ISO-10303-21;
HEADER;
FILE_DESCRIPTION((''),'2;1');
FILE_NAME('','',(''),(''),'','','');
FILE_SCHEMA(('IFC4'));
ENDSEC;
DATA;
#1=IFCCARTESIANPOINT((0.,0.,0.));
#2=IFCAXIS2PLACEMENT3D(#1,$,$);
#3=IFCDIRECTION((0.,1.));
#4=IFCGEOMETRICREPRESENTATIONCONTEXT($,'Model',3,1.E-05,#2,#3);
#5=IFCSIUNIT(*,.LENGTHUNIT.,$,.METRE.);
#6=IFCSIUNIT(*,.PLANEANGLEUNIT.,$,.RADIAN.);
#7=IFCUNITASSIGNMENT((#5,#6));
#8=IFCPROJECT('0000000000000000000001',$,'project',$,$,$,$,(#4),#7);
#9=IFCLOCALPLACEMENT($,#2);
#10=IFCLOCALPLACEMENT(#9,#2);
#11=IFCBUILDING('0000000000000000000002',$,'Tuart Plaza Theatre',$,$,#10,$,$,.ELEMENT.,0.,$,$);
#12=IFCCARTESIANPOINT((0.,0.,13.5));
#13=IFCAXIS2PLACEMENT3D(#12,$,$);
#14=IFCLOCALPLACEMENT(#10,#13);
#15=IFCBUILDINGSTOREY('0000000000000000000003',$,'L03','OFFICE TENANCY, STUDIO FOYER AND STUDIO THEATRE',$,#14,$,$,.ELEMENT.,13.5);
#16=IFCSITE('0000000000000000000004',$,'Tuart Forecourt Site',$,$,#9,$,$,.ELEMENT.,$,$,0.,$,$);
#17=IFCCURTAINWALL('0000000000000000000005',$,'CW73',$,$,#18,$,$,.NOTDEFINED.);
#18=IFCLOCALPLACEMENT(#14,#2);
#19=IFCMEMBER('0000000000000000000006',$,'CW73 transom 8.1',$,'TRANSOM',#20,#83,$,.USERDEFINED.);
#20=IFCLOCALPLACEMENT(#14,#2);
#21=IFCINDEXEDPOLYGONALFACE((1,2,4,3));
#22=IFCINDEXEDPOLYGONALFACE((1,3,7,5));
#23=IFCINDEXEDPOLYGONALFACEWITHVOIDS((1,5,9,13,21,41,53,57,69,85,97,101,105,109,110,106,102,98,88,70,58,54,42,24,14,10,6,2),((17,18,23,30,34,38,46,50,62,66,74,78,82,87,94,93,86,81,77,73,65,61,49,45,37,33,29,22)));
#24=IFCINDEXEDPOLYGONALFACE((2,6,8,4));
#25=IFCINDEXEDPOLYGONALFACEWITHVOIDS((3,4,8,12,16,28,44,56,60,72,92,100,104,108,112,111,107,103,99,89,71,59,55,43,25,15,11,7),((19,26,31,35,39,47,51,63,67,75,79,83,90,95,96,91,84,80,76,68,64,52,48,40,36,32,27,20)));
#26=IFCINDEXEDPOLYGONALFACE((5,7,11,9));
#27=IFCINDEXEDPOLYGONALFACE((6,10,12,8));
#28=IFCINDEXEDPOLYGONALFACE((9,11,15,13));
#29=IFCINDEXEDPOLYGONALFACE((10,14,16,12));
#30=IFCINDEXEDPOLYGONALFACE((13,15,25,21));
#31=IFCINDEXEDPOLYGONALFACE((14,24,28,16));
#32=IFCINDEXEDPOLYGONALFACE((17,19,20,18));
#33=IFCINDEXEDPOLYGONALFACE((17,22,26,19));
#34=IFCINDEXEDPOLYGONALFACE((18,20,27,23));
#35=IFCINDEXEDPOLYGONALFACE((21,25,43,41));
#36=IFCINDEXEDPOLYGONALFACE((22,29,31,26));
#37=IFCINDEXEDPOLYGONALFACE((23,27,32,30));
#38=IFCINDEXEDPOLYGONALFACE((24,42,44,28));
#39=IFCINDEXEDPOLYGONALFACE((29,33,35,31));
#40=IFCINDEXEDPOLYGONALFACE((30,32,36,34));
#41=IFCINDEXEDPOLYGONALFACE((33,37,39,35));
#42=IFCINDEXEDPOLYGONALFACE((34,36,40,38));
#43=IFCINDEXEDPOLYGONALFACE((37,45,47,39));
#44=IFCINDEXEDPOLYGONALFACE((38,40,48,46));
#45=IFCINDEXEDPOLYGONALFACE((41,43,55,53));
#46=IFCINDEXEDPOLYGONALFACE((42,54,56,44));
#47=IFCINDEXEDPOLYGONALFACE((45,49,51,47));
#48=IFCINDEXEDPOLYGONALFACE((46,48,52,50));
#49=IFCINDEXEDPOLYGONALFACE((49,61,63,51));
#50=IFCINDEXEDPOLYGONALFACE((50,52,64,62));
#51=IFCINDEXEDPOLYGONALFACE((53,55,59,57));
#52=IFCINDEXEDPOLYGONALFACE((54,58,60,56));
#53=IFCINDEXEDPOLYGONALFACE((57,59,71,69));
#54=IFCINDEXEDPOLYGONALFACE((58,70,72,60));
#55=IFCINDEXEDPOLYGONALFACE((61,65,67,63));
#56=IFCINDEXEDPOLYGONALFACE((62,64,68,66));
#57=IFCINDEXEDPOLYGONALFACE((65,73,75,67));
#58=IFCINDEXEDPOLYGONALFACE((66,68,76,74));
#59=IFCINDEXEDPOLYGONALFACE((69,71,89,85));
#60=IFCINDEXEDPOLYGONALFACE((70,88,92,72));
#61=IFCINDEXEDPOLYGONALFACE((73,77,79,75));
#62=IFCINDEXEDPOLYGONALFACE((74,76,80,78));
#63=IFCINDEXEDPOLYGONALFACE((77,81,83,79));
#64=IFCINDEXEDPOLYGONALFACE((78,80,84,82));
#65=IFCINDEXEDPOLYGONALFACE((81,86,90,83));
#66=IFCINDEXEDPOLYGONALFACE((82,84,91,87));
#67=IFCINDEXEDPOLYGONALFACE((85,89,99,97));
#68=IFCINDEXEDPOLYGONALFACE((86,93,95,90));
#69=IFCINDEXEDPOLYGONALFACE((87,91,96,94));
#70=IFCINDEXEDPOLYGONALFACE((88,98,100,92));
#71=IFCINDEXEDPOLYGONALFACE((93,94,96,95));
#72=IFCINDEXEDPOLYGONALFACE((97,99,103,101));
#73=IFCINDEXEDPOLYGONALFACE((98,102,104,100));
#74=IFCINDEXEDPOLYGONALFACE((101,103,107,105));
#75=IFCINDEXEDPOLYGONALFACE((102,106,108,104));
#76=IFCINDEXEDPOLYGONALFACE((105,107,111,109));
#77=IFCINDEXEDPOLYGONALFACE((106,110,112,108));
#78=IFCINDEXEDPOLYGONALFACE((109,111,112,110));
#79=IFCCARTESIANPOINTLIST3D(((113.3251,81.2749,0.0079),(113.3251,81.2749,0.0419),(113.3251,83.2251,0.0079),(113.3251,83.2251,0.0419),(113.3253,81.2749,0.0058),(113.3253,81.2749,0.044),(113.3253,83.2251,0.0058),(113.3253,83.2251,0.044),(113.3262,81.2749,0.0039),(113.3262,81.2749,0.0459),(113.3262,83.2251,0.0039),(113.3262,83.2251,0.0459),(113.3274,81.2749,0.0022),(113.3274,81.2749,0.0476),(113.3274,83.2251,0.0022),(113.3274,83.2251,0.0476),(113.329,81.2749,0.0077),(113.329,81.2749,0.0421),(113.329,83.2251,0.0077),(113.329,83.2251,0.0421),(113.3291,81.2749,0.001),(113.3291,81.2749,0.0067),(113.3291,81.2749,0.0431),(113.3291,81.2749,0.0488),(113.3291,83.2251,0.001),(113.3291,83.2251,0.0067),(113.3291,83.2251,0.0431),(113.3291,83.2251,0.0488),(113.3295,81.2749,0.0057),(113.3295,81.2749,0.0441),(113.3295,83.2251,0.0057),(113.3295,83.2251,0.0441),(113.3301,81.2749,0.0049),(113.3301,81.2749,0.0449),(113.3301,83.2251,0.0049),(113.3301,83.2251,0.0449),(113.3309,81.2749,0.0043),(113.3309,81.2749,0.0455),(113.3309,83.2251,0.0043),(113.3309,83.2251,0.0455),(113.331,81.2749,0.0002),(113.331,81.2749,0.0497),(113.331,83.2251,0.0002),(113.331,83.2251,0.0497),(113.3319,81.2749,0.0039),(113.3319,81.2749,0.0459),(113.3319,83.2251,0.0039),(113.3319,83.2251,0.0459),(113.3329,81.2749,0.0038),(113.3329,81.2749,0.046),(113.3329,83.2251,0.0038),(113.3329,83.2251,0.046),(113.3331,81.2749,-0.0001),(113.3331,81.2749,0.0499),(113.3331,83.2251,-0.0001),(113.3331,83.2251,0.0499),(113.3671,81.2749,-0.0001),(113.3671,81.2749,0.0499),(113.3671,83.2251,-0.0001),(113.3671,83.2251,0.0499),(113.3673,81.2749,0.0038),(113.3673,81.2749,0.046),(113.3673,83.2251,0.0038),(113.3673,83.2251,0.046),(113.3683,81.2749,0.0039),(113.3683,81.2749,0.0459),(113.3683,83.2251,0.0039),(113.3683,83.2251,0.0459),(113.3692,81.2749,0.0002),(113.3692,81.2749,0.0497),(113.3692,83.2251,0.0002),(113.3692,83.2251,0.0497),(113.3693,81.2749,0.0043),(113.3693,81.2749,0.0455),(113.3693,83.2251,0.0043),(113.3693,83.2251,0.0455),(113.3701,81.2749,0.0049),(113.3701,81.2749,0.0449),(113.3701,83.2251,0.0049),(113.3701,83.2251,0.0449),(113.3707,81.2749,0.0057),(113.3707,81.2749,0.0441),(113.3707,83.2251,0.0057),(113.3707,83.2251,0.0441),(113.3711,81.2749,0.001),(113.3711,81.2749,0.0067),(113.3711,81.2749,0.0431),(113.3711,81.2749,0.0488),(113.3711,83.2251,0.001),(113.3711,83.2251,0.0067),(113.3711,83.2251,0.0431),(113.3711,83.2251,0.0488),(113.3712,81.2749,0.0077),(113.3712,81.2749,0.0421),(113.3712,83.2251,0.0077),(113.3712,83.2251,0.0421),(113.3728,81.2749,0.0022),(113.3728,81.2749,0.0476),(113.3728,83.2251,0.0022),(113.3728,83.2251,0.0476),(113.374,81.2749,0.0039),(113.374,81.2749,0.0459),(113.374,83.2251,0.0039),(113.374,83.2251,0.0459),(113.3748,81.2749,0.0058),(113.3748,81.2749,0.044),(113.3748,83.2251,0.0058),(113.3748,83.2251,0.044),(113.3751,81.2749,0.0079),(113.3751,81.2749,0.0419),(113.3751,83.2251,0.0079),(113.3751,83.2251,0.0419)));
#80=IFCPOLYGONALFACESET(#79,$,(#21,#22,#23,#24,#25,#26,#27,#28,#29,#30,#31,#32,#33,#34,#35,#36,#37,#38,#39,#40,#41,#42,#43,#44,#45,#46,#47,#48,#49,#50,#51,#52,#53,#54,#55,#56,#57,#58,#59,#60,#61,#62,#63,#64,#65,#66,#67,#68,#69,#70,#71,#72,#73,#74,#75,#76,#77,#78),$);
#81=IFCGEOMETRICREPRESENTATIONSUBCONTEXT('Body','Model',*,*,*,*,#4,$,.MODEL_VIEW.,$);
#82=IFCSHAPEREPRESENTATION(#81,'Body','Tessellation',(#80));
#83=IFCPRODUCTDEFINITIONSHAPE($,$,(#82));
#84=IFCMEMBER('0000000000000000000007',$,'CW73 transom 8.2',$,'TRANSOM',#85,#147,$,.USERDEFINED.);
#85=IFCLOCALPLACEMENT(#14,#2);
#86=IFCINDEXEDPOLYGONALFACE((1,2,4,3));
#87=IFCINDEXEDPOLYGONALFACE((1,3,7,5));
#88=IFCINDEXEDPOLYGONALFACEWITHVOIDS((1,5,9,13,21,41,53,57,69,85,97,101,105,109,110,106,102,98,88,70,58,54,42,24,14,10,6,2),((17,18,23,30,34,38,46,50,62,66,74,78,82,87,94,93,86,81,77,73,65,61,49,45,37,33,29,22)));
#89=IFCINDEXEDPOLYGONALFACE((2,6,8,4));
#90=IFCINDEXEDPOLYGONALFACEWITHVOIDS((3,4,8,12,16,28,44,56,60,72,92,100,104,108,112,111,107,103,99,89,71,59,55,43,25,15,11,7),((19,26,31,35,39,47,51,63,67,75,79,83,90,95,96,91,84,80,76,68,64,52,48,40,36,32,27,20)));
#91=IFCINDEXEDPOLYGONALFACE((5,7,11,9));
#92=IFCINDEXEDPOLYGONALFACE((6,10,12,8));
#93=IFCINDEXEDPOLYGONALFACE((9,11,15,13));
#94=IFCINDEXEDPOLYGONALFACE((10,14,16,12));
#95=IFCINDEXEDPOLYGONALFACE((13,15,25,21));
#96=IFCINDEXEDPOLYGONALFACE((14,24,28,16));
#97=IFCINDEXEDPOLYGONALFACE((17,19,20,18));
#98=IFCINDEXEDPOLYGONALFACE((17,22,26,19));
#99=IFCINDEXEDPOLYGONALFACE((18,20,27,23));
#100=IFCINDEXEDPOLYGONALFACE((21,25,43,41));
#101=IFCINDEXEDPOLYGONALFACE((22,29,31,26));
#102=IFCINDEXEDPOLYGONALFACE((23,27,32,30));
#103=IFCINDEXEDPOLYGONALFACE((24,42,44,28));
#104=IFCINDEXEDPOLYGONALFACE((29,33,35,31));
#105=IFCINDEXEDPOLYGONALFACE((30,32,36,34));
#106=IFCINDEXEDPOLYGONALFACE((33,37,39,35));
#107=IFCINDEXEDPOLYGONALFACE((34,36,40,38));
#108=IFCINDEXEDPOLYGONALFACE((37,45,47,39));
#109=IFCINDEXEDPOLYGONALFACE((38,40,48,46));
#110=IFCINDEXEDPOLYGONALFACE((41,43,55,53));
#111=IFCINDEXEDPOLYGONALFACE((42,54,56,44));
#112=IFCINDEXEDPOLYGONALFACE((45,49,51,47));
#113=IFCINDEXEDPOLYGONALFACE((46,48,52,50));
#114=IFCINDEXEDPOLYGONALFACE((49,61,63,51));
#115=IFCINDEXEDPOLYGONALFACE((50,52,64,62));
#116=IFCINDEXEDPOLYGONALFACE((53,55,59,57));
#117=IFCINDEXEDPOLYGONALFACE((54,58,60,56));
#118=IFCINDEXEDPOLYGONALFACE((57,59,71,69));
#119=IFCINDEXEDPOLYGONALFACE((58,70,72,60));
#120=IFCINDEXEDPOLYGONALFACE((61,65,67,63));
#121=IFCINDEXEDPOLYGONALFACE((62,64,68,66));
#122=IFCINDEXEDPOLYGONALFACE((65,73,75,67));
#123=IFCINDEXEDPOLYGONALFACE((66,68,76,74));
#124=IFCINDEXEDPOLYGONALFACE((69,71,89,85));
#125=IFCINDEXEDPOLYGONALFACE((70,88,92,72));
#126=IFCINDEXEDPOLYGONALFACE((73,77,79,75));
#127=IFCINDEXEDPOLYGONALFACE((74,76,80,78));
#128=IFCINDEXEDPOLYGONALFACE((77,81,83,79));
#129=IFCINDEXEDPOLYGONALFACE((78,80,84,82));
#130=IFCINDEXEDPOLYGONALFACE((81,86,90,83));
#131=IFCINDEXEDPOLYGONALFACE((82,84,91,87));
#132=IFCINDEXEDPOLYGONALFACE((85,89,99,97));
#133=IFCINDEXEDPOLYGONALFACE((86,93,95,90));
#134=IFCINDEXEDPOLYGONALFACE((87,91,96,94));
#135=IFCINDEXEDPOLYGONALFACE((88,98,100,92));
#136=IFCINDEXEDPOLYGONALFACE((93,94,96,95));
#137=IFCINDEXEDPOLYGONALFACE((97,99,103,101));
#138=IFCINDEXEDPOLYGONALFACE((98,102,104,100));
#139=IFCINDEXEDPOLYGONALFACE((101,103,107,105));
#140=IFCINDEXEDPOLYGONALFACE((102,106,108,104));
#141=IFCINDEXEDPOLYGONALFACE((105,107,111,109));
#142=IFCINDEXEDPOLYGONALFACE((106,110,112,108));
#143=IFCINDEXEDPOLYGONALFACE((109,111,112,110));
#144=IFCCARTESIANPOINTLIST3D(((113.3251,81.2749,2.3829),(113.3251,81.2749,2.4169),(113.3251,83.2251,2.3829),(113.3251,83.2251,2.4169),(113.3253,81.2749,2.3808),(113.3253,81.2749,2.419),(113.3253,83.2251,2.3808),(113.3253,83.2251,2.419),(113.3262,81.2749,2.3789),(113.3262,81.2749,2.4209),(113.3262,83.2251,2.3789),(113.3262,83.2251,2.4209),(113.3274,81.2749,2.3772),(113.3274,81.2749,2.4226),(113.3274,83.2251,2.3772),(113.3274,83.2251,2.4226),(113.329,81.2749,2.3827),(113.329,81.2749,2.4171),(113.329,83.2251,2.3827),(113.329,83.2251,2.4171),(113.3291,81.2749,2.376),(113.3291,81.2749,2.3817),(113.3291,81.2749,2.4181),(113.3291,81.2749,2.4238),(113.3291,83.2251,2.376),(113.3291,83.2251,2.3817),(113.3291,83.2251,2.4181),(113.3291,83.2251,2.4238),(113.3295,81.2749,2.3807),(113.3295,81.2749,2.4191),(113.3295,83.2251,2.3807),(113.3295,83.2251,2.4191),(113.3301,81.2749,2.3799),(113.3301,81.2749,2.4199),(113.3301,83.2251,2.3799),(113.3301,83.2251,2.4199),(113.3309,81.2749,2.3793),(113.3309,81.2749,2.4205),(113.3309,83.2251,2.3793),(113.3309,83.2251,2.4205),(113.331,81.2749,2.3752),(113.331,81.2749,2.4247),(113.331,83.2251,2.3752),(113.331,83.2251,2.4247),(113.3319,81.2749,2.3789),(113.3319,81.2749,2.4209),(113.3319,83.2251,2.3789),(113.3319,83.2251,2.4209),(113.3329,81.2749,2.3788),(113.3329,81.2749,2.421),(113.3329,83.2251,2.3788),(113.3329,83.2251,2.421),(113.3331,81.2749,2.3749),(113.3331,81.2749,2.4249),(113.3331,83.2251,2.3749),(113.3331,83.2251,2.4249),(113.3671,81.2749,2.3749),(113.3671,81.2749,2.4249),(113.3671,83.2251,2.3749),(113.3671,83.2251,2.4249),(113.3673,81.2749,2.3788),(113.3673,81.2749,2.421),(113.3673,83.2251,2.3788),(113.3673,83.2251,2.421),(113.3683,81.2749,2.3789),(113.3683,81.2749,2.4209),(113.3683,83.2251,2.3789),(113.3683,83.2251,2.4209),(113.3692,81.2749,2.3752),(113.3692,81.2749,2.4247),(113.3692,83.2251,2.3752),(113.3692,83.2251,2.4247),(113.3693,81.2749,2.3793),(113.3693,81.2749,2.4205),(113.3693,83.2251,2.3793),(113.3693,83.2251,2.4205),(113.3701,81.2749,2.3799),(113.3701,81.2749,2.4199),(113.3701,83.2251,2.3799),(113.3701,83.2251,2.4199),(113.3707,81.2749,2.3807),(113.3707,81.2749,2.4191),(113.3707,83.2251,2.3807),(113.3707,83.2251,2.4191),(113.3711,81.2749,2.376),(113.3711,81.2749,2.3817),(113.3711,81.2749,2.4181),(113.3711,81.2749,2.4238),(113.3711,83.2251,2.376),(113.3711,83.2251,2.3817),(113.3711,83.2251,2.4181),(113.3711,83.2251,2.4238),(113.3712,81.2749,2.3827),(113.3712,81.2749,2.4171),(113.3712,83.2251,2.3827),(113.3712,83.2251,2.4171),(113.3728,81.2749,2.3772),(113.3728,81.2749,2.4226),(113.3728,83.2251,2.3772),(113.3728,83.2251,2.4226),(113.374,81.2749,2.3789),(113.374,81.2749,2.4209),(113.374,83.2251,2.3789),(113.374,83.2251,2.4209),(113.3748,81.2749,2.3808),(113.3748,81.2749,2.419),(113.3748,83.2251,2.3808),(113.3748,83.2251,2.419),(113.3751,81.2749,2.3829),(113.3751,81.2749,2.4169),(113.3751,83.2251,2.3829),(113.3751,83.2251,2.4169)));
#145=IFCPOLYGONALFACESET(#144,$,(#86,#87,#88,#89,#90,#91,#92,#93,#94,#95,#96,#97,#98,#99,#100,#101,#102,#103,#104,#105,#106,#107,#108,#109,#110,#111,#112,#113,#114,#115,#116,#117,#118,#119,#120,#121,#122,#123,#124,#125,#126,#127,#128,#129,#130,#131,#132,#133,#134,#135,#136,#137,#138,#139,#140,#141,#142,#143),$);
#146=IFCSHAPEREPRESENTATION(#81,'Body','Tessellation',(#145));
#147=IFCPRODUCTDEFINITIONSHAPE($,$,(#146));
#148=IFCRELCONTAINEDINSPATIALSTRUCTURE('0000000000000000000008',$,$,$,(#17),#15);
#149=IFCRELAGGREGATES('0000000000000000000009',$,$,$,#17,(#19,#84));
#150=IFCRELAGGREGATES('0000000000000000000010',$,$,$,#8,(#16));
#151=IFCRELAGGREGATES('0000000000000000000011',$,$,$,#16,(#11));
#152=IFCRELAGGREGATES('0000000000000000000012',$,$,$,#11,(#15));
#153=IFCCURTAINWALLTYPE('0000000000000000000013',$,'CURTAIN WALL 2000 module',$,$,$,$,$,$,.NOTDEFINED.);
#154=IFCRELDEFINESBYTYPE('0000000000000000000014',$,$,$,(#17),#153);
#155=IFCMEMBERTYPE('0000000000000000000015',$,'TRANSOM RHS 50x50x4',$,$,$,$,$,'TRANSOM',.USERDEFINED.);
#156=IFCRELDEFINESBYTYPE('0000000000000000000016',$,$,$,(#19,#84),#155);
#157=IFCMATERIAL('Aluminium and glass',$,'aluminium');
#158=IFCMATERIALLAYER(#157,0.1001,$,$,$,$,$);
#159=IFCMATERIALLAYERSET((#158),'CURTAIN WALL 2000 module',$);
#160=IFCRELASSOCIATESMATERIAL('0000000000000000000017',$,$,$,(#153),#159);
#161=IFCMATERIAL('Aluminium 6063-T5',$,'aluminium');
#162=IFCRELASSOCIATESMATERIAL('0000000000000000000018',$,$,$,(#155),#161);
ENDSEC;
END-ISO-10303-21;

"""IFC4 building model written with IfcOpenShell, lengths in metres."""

from ifc_helpers import new_model, si_unit, direction, frame, origin, origin_2d, place, context, subcontext, project, spatial, hollow_rectangle, extrude, material, layer, layer_set, material_profile, profile_set, type_object, element, aggregate, save


model = new_model("IFC4")

# Units and contexts
model_context = context("Model", 3, precision=1e-05, world=origin(), true_north=direction((0.0, 1.0)))
body_context = subcontext(model_context, "Body", "Model", "MODEL_VIEW")
ifc_project = project(units=[si_unit("LENGTHUNIT", "METRE"), si_unit("PLANEANGLEUNIT", "RADIAN")], contexts=[model_context])

# Site, building, storey
site_placement = place(None, origin())
site = spatial("IfcSite", under=ifc_project, at=site_placement, Name="Tuart Forecourt Site", CompositionType="ELEMENT", RefElevation=0.0)
building_placement = place(site_placement, origin())
building = spatial("IfcBuilding", under=site, at=building_placement, Name="Tuart Plaza Theatre", CompositionType="ELEMENT", ElevationOfRefHeight=0.0)
storey_placement = place(building_placement, frame((0.0, 0.0, 13.5)))
storey = spatial("IfcBuildingStorey", under=building, at=storey_placement, Name="L03", Description="OFFICE TENANCY, STUDIO FOYER AND STUDIO THEATRE", CompositionType="ELEMENT", Elevation=13.5)

# Curtain wall, members
ifc_material_1 = material(Name="Aluminium and glass", Category="aluminium")
ifc_layer_1 = layer(ifc_material_1, 0.1001)
ifc_layer_set_1 = layer_set([ifc_layer_1], Name="CURTAIN WALL 2000 module")
curtain_wall_type = type_object("IfcCurtainWallType", Name="CURTAIN WALL 2000 module", PredefinedType="NOTDEFINED", material=ifc_layer_set_1)
curtain_wall_placement = place(storey_placement, origin())
curtain_wall = element("IfcCurtainWall", 1, at=curtain_wall_placement, inside=storey, type_object=curtain_wall_type, Name="CW73", PredefinedType="NOTDEFINED")
ifc_material_2 = material(Name="Aluminium 6063-T5", Category="aluminium")
ifc_material_profile_1 = material_profile(ifc_material_2, hollow_rectangle(XDim=0.05, YDim=0.05, WallThickness=0.0039, InnerFilletRadius=0.0039, OuterFilletRadius=0.0081, at=origin_2d()), Name="RHS 50x50x4")
ifc_profile_set_1 = profile_set([ifc_material_profile_1], Name="Aluminium 6063-T5")
member_type_1 = type_object("IfcMemberType", Name="TRANSOM RHS 50x50x4", ElementType="TRANSOM", PredefinedType="USERDEFINED", material=ifc_profile_set_1)
member_1_placement = place(storey_placement, frame((113.3501, 83.2251, 0.0249), z_axis=(0.0, -1.0, 0.0), x_axis=(1.0, 0.0, 0.0)))
member_1 = element("IfcMember", 2, at=member_1_placement, type_object=member_type_1, Name="CW73 transom 8.1", ObjectType="TRANSOM", PredefinedType="USERDEFINED", context=body_context, shape_type="SweptSolid", body=[
    extrude(hollow_rectangle(XDim=0.05, YDim=0.05, WallThickness=0.0039, InnerFilletRadius=0.0039, OuterFilletRadius=0.0081, at=origin_2d()), origin(), (0.0, 0.0, 1.0), 1.9502),
])
member_2_placement = place(storey_placement, frame((113.3501, 83.2251, 2.3999), z_axis=(0.0, -1.0, 0.0), x_axis=(1.0, 0.0, 0.0)))
member_2 = element("IfcMember", 3, at=member_2_placement, type_object=member_type_1, Name="CW73 transom 8.2", ObjectType="TRANSOM", PredefinedType="USERDEFINED", context=body_context, shape_type="SweptSolid", body=[
    extrude(hollow_rectangle(XDim=0.05, YDim=0.05, WallThickness=0.0039, InnerFilletRadius=0.0039, OuterFilletRadius=0.0081, at=origin_2d()), origin(), (0.0, 0.0, 1.0), 1.9502),
])
aggregate(curtain_wall, [member_1, member_2])

save(model, "model.ifc")
